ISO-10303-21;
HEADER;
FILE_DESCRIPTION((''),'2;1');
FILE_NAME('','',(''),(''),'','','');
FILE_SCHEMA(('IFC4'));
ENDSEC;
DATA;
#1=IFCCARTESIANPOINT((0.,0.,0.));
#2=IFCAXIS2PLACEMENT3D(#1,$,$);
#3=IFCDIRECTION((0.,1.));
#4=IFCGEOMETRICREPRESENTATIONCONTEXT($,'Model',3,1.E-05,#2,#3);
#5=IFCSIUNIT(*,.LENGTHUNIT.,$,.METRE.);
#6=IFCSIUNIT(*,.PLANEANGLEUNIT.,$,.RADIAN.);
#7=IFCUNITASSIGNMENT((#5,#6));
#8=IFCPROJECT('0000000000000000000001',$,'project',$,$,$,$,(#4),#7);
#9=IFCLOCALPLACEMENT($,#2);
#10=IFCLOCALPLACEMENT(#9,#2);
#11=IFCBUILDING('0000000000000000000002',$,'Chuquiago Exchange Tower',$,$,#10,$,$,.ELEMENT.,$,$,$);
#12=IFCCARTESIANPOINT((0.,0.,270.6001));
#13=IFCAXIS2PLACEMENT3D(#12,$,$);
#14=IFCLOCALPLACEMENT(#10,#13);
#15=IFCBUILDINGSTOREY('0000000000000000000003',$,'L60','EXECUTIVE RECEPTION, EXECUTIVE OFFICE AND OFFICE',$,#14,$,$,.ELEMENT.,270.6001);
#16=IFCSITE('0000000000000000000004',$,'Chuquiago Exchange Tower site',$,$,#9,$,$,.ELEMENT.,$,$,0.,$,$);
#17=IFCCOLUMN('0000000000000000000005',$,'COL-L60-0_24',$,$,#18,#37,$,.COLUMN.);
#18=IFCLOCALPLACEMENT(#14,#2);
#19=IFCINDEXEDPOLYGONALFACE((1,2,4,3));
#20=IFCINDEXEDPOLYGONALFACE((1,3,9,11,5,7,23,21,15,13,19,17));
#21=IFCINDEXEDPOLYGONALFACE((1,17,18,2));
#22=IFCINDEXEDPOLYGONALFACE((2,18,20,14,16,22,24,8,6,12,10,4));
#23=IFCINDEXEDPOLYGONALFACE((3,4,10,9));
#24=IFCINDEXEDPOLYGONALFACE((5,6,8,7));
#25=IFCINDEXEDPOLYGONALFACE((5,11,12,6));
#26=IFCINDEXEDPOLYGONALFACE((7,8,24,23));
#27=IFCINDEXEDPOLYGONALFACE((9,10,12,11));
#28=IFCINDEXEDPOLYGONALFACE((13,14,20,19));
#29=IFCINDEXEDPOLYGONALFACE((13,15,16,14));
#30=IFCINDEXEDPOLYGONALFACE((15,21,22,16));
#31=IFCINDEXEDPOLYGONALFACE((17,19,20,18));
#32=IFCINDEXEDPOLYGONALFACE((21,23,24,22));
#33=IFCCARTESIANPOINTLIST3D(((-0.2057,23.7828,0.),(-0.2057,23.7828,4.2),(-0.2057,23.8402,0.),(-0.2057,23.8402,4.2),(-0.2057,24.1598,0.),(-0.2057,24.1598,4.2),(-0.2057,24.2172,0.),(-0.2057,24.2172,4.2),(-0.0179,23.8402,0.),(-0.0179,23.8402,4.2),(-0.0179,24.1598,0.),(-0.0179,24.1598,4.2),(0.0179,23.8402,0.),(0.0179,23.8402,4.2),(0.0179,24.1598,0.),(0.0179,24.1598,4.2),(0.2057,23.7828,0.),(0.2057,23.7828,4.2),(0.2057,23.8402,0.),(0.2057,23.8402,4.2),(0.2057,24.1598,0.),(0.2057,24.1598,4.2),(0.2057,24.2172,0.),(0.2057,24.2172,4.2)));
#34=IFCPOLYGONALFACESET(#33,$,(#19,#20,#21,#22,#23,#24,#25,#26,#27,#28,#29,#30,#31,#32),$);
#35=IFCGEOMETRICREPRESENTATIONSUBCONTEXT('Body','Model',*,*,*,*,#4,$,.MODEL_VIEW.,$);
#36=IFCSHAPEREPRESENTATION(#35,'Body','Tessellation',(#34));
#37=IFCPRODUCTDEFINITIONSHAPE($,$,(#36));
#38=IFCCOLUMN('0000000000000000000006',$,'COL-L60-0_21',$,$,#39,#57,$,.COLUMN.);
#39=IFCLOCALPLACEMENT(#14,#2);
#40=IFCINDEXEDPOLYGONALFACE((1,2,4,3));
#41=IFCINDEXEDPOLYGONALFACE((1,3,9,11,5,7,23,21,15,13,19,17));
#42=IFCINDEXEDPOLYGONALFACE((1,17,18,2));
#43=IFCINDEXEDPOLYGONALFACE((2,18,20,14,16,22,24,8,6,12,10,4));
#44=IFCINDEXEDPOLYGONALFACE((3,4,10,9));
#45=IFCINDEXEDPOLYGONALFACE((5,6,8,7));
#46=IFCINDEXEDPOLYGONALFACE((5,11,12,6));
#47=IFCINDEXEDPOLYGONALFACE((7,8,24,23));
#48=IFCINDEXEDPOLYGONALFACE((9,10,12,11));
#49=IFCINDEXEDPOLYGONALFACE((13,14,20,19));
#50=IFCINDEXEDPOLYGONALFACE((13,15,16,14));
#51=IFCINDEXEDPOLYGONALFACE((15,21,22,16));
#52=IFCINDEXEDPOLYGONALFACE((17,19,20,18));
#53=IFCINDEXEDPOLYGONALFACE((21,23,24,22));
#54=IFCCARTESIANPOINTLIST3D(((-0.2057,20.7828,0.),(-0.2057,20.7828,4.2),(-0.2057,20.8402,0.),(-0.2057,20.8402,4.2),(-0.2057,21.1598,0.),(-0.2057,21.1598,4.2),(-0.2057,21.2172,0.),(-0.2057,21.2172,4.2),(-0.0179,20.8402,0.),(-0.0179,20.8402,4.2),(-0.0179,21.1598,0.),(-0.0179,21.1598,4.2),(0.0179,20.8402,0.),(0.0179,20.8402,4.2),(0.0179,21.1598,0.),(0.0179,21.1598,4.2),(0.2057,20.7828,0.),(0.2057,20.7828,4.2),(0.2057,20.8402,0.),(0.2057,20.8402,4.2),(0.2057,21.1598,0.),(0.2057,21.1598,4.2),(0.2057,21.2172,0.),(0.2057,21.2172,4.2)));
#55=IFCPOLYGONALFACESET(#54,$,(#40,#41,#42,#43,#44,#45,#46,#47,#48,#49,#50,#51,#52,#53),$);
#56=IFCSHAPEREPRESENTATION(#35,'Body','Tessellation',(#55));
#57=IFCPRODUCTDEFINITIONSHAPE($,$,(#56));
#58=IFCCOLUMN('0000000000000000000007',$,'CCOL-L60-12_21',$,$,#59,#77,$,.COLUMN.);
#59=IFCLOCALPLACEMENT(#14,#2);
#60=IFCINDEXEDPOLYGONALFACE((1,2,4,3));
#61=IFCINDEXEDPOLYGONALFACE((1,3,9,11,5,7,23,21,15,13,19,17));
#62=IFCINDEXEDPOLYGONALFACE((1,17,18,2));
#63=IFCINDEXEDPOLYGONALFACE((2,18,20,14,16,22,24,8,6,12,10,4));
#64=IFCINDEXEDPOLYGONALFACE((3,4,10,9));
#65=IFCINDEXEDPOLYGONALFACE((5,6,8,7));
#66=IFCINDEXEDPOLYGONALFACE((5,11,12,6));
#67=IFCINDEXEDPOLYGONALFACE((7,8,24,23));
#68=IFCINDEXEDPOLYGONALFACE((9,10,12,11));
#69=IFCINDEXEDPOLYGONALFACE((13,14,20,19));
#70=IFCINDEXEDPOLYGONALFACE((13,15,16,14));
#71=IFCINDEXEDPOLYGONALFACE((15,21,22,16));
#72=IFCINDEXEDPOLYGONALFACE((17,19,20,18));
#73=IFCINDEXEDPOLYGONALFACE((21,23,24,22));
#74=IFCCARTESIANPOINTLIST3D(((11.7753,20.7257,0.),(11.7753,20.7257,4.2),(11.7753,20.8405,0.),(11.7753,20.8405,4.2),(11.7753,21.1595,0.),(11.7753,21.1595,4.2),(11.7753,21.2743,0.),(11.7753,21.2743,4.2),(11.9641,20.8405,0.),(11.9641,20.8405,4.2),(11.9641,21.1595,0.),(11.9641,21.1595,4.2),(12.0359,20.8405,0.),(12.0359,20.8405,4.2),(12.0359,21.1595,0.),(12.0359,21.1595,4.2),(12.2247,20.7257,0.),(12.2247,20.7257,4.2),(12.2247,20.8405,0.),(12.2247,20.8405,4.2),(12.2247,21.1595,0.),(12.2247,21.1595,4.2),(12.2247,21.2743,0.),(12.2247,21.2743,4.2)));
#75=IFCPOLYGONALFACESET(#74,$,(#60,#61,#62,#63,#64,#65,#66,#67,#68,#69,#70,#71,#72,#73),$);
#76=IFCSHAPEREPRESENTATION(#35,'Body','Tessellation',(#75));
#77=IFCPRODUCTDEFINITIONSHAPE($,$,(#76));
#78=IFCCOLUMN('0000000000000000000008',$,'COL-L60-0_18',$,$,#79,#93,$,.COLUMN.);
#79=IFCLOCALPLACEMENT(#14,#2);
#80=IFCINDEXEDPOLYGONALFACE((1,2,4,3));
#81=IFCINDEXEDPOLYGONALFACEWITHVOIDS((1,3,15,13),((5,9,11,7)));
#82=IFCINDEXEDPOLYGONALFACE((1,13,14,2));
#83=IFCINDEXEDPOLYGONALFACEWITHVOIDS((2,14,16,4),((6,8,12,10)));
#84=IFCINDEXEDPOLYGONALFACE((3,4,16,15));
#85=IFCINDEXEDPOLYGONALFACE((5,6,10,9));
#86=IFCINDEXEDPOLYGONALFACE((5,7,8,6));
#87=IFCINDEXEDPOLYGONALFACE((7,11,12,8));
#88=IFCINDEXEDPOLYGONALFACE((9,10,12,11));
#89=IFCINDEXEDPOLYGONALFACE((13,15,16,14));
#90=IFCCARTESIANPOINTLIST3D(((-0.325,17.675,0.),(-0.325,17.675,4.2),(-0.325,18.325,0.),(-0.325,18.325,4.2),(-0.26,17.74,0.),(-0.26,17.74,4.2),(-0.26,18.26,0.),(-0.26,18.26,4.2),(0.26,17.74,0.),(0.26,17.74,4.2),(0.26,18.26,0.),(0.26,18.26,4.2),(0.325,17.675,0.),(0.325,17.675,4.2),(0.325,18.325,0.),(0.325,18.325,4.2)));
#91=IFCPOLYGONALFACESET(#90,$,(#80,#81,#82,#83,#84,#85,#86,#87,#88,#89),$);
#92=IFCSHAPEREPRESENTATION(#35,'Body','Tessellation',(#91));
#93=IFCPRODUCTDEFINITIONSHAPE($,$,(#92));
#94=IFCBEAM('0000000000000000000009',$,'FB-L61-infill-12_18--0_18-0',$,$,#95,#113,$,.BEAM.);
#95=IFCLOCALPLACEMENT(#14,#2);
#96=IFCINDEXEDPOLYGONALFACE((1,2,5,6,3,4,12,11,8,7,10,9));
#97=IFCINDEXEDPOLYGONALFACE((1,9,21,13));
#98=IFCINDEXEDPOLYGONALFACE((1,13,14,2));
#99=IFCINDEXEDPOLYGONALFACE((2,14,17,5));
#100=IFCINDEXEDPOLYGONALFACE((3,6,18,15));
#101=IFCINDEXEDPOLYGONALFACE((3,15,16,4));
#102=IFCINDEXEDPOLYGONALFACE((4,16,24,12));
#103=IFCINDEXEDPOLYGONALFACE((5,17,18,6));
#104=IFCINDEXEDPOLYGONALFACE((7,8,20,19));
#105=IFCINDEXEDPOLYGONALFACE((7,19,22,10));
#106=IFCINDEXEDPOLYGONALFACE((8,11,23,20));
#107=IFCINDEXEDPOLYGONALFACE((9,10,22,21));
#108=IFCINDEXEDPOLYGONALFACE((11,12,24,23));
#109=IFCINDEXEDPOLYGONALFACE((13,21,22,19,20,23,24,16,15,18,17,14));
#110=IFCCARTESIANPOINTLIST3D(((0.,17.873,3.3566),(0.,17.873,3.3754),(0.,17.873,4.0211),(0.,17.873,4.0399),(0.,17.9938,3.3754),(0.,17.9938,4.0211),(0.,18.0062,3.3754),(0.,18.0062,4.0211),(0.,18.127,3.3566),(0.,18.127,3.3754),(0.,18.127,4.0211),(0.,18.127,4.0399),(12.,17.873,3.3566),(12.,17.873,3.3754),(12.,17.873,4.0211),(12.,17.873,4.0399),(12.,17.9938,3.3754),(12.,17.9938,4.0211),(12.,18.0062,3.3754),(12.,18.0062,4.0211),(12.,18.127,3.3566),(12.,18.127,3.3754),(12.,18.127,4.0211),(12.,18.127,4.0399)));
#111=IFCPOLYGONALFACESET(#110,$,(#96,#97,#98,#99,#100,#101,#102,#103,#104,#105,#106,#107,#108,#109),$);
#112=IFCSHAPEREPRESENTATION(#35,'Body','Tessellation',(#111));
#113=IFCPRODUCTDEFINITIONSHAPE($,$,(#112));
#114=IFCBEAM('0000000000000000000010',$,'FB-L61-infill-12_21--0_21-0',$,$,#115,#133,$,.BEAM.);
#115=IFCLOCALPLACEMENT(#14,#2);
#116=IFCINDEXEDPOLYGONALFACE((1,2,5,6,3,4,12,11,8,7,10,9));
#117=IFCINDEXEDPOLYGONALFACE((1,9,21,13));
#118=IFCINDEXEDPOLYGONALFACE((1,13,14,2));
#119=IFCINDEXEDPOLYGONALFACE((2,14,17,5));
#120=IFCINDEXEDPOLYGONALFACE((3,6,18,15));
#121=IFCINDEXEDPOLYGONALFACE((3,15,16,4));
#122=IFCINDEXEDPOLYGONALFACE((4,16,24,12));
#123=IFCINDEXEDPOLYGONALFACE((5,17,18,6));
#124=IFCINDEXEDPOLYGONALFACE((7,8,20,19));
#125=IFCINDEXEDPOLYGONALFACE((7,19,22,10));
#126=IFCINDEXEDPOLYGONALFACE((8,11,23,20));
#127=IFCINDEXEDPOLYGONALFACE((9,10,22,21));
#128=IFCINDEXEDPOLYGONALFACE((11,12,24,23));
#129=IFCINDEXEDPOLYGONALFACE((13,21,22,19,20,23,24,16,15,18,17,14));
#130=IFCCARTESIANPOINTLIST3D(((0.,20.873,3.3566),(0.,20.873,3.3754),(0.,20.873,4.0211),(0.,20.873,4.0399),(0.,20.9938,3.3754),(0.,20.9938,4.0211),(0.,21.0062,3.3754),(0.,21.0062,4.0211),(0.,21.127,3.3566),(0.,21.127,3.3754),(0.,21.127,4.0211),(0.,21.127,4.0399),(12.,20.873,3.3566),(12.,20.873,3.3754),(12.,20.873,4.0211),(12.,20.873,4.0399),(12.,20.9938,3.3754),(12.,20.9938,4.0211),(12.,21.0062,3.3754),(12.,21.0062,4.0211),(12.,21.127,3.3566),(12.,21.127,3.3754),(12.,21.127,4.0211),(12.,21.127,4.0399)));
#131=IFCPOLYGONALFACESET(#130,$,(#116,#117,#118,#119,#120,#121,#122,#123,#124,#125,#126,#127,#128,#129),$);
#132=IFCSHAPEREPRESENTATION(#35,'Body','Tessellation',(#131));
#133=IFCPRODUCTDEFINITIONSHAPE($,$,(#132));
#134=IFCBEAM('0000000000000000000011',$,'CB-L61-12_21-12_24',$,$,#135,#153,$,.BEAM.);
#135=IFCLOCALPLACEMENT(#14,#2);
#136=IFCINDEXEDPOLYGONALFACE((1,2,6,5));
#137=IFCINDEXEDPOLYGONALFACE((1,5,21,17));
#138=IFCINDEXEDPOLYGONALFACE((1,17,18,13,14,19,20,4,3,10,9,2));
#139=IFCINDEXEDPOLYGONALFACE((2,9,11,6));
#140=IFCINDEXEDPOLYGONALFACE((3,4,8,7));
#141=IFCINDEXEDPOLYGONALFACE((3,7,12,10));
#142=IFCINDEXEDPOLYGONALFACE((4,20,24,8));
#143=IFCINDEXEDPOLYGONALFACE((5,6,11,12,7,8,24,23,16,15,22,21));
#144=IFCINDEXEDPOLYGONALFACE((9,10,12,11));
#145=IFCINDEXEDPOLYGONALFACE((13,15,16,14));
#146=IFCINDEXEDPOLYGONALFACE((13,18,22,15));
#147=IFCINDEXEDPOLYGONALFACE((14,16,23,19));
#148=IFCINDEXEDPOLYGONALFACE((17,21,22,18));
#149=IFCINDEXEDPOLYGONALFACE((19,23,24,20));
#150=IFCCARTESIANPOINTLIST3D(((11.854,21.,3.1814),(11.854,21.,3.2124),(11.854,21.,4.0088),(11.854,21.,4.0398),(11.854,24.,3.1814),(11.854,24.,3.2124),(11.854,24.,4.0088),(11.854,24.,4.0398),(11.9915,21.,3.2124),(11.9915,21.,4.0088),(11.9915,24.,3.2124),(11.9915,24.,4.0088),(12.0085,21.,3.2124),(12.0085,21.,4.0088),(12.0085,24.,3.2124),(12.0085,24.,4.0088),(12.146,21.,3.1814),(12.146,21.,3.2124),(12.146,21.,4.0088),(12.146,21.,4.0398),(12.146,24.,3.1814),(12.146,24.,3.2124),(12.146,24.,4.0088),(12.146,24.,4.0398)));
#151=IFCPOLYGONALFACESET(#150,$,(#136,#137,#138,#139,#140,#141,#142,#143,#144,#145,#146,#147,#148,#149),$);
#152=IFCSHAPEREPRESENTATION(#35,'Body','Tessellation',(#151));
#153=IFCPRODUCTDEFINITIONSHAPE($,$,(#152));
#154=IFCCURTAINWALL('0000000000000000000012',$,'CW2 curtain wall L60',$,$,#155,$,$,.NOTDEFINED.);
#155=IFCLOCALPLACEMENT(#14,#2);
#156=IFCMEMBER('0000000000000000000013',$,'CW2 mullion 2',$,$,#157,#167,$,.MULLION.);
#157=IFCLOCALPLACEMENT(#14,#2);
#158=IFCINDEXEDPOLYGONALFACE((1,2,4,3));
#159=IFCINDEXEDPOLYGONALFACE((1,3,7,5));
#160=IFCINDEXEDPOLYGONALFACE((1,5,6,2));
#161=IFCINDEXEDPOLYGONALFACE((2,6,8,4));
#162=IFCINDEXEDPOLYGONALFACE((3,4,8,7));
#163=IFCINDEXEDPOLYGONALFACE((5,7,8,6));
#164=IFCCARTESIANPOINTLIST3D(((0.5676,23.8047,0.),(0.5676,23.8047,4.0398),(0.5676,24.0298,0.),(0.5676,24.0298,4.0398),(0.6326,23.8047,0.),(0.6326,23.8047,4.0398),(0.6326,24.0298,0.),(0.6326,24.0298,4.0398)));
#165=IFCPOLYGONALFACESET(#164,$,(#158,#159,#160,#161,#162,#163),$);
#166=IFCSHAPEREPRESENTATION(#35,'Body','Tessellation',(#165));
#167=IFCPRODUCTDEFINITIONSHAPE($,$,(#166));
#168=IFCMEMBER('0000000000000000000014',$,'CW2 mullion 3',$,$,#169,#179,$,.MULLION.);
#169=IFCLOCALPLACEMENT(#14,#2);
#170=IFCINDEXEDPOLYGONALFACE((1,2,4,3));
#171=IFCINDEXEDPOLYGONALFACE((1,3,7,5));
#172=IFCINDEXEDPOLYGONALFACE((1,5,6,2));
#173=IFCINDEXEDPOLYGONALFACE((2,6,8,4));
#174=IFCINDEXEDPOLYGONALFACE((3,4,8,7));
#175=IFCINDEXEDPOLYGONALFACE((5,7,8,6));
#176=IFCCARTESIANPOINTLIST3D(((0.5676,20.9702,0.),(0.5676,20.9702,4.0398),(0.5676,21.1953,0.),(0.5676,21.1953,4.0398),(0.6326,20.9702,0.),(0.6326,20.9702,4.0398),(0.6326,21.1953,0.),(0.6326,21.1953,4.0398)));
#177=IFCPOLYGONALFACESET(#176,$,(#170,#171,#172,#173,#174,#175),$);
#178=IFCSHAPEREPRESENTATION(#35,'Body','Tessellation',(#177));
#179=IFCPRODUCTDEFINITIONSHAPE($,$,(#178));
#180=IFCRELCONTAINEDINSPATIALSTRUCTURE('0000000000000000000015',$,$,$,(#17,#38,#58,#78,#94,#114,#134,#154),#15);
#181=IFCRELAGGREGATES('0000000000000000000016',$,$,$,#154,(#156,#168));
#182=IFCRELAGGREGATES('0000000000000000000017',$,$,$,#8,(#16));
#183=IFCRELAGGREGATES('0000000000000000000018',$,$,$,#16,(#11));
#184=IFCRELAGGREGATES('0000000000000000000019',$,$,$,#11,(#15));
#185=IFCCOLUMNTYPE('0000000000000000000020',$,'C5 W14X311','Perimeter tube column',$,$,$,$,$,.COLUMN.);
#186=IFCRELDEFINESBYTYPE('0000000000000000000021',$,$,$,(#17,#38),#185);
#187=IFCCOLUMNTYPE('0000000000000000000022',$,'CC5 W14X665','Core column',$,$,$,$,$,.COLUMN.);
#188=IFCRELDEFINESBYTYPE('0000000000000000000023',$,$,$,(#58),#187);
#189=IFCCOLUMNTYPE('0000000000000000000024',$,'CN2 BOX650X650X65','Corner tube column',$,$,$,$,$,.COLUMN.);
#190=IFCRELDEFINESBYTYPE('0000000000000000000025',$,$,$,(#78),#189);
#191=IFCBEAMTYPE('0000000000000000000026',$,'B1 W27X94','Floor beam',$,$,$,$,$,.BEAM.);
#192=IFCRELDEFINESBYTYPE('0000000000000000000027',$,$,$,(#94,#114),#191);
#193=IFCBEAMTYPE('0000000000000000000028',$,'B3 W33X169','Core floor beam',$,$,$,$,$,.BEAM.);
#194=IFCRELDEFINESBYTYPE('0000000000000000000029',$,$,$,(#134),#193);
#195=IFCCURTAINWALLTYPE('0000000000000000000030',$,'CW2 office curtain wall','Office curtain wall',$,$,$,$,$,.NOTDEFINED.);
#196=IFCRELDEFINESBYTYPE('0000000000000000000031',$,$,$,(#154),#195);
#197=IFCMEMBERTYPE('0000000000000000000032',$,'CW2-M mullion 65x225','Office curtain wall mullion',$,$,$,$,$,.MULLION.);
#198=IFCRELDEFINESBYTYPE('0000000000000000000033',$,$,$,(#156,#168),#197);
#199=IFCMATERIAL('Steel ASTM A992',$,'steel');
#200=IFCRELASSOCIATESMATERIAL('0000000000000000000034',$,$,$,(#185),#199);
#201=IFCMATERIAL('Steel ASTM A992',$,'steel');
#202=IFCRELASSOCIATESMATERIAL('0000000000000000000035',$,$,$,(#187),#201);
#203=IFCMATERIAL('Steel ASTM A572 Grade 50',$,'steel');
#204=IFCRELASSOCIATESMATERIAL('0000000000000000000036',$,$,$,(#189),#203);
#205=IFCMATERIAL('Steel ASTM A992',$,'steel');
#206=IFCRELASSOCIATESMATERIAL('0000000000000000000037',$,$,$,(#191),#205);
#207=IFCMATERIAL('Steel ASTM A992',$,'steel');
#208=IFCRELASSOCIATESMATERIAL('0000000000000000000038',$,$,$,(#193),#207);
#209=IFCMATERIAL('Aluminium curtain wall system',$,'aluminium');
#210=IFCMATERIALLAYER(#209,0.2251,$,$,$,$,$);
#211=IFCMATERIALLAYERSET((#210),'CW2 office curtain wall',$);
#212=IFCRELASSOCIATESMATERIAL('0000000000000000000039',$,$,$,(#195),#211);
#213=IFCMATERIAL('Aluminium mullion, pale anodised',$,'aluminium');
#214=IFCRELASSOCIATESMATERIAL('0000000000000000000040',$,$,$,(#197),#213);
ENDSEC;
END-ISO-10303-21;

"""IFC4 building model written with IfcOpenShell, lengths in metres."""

from ifc_helpers import new_model, si_unit, direction, frame, origin, origin_2d, place, context, subcontext, project, spatial, rectangle, hollow_rectangle, i_section, extrude, material, layer, layer_set, material_profile, profile_set, type_object, element, aggregate, save


model = new_model("IFC4")

# Units and contexts
model_context = context("Model", 3, precision=1e-05, world=origin(), true_north=direction((0.0, 1.0)))
body_context = subcontext(model_context, "Body", "Model", "MODEL_VIEW")
ifc_project = project(units=[si_unit("LENGTHUNIT", "METRE"), si_unit("PLANEANGLEUNIT", "RADIAN")], contexts=[model_context])

# Site, building, storey
site_placement = place(None, origin())
site = spatial("IfcSite", under=ifc_project, at=site_placement, Name="Chuquiago Exchange Tower site", CompositionType="ELEMENT", RefElevation=0.0)
building_placement = place(site_placement, origin())
building = spatial("IfcBuilding", under=site, at=building_placement, Name="Chuquiago Exchange Tower", CompositionType="ELEMENT")
storey_placement = place(building_placement, frame((0.0, 0.0, 270.6001)))
storey = spatial("IfcBuildingStorey", under=building, at=storey_placement, Name="L60", Description="EXECUTIVE RECEPTION, EXECUTIVE OFFICE AND OFFICE", CompositionType="ELEMENT", Elevation=270.6001)

# Columns
ifc_material_1 = material(Name="Steel ASTM A992", Category="steel")
ifc_material_profile_1 = material_profile(ifc_material_1, i_section(OverallWidth=0.4114, OverallDepth=0.4343, WebThickness=0.0359, FlangeThickness=0.0574, at=origin_2d()), Name="W14X311")
ifc_profile_set_1 = profile_set([ifc_material_profile_1], Name="Steel ASTM A992")
column_type_1 = type_object("IfcColumnType", Name="C5 W14X311", Description="Perimeter tube column", PredefinedType="COLUMN", material=ifc_profile_set_1)
for number, where, z_axis, x_axis, name in (
    (1, (0.0, 24.0, 0.0), (0.0, 0.0, 1.0), (-1.0, 0.0, 0.0), "COL-L60-0_24"),
    (2, (0.0, 21.0, 0.0), (0.0, 0.0, 1.0), (-1.0, 0.0, 0.0), "COL-L60-0_21"),
):
    element("IfcColumn", number, at=place(storey_placement, frame(where, z_axis=z_axis, x_axis=x_axis)), inside=storey, type_object=column_type_1, Name=name, PredefinedType="COLUMN", context=body_context, shape_type="SweptSolid", body=[
        extrude(i_section(OverallWidth=0.4114, OverallDepth=0.4343, WebThickness=0.0359, FlangeThickness=0.0574, at=origin_2d()), origin(), (0.0, 0.0, 1.0), 4.2),
    ])
ifc_material_2 = material(Name="Steel ASTM A992", Category="steel")
ifc_material_profile_2 = material_profile(ifc_material_2, i_section(OverallWidth=0.4495, OverallDepth=0.5486, WebThickness=0.0718, FlangeThickness=0.1147, at=origin_2d()), Name="W14X665")
ifc_profile_set_2 = profile_set([ifc_material_profile_2], Name="Steel ASTM A992")
column_type_2 = type_object("IfcColumnType", Name="CC5 W14X665", Description="Core column", PredefinedType="COLUMN", material=ifc_profile_set_2)
column_1_placement = place(storey_placement, frame((12.0, 21.0, 0.0), z_axis=(0.0, 0.0, 1.0), x_axis=(1.0, 0.0, 0.0)))
element("IfcColumn", 3, at=column_1_placement, inside=storey, type_object=column_type_2, Name="CCOL-L60-12_21", PredefinedType="COLUMN", context=body_context, shape_type="SweptSolid", body=[
    extrude(i_section(OverallWidth=0.4495, OverallDepth=0.5486, WebThickness=0.0718, FlangeThickness=0.1147, at=origin_2d()), origin(), (0.0, 0.0, 1.0), 4.2),
])
ifc_material_3 = material(Name="Steel ASTM A572 Grade 50", Category="steel")
ifc_material_profile_3 = material_profile(ifc_material_3, hollow_rectangle(XDim=0.6499, YDim=0.6499, WallThickness=0.0649, at=origin_2d()), Name="BOX650X650X65")
ifc_profile_set_3 = profile_set([ifc_material_profile_3], Name="Steel ASTM A572 Grade 50")
column_type_3 = type_object("IfcColumnType", Name="CN2 BOX650X650X65", Description="Corner tube column", PredefinedType="COLUMN", material=ifc_profile_set_3)
column_2_placement = place(storey_placement, frame((0.0, 18.0, 0.0), z_axis=(0.0, 0.0, 1.0), x_axis=(-1.0, 0.0, 0.0)))
element("IfcColumn", 4, at=column_2_placement, inside=storey, type_object=column_type_3, Name="COL-L60-0_18", PredefinedType="COLUMN", context=body_context, shape_type="SweptSolid", body=[
    extrude(hollow_rectangle(XDim=0.6499, YDim=0.6499, WallThickness=0.0649, at=origin_2d()), origin(), (0.0, 0.0, 1.0), 4.2),
])

# Beams
ifc_material_4 = material(Name="Steel ASTM A992", Category="steel")
ifc_material_profile_4 = material_profile(ifc_material_4, i_section(OverallWidth=0.2539, OverallDepth=0.6833, WebThickness=0.0125, FlangeThickness=0.0188, at=origin_2d()), Name="W27X94")
ifc_profile_set_4 = profile_set([ifc_material_profile_4], Name="Steel ASTM A992")
beam_type_1 = type_object("IfcBeamType", Name="B1 W27X94", Description="Floor beam", PredefinedType="BEAM", material=ifc_profile_set_4)
for number, where, z_axis, x_axis, name in (
    (5, (12.0, 18.0, 3.6982), (-1.0, 0.0, 0.0), (0.0, -1.0, 0.0), "FB-L61-infill-12_18--0_18-0"),
    (6, (12.0, 21.0, 3.6982), (-1.0, 0.0, 0.0), (0.0, -1.0, 0.0), "FB-L61-infill-12_21--0_21-0"),
):
    element("IfcBeam", number, at=place(storey_placement, frame(where, z_axis=z_axis, x_axis=x_axis)), inside=storey, type_object=beam_type_1, Name=name, PredefinedType="BEAM", context=body_context, shape_type="SweptSolid", body=[
        extrude(i_section(OverallWidth=0.2539, OverallDepth=0.6833, WebThickness=0.0125, FlangeThickness=0.0188, at=origin_2d()), origin(), (0.0, 0.0, 1.0), 12.0),
    ])
ifc_material_5 = material(Name="Steel ASTM A992", Category="steel")
ifc_material_profile_5 = material_profile(ifc_material_5, i_section(OverallWidth=0.292, OverallDepth=0.8584, WebThickness=0.0171, FlangeThickness=0.031, at=origin_2d()), Name="W33X169")
ifc_profile_set_5 = profile_set([ifc_material_profile_5], Name="Steel ASTM A992")
beam_type_2 = type_object("IfcBeamType", Name="B3 W33X169", Description="Core floor beam", PredefinedType="BEAM", material=ifc_profile_set_5)
beam_1_placement = place(storey_placement, frame((12.0, 21.0, 3.6106), z_axis=(0.0, 1.0, 0.0), x_axis=(-1.0, 0.0, 0.0)))
element("IfcBeam", 7, at=beam_1_placement, inside=storey, type_object=beam_type_2, Name="CB-L61-12_21-12_24", PredefinedType="BEAM", context=body_context, shape_type="SweptSolid", body=[
    extrude(i_section(OverallWidth=0.292, OverallDepth=0.8584, WebThickness=0.0171, FlangeThickness=0.031, at=origin_2d()), origin(), (0.0, 0.0, 1.0), 3.0),
])

# Curtain wall, members
ifc_material_6 = material(Name="Aluminium curtain wall system", Category="aluminium")
ifc_layer_1 = layer(ifc_material_6, 0.2251)
ifc_layer_set_1 = layer_set([ifc_layer_1], Name="CW2 office curtain wall")
curtain_wall_type_1 = type_object("IfcCurtainWallType", Name="CW2 office curtain wall", Description="Office curtain wall", PredefinedType="NOTDEFINED", material=ifc_layer_set_1)
curtain_wall_1_placement = place(storey_placement, origin())
curtain_wall_1 = element("IfcCurtainWall", 8, at=curtain_wall_1_placement, inside=storey, type_object=curtain_wall_type_1, Name="CW2 curtain wall L60", PredefinedType="NOTDEFINED")
ifc_material_7 = material(Name="Aluminium mullion, pale anodised", Category="aluminium")
ifc_material_profile_6 = material_profile(ifc_material_7, rectangle(XDim=0.0649, YDim=0.2251, at=origin_2d()), Name="AL 65x225")
ifc_profile_set_6 = profile_set([ifc_material_profile_6], Name="Aluminium mullion, pale anodised")
member_type_1 = type_object("IfcMemberType", Name="CW2-M mullion 65x225", Description="Office curtain wall mullion", PredefinedType="MULLION", material=ifc_profile_set_6)
member_1_placement = place(storey_placement, frame((0.6001, 23.9172, 0.0), z_axis=(0.0, 0.0, 1.0), x_axis=(1.0, 0.0, 0.0)))
member_1 = element("IfcMember", 9, at=member_1_placement, type_object=member_type_1, Name="CW2 mullion 2", PredefinedType="MULLION", context=body_context, shape_type="SweptSolid", body=[
    extrude(rectangle(XDim=0.0649, YDim=0.2251, at=origin_2d()), origin(), (0.0, 0.0, 1.0), 4.0398),
])
member_2_placement = place(storey_placement, frame((0.6001, 21.0828, 0.0), z_axis=(0.0, 0.0, 1.0), x_axis=(1.0, 0.0, 0.0)))
member_2 = element("IfcMember", 10, at=member_2_placement, type_object=member_type_1, Name="CW2 mullion 3", PredefinedType="MULLION", context=body_context, shape_type="SweptSolid", body=[
    extrude(rectangle(XDim=0.0649, YDim=0.2251, at=origin_2d()), origin(), (0.0, 0.0, 1.0), 4.0398),
])

aggregate(curtain_wall_1, [member_1, member_2])

save(model, "model.ifc")
